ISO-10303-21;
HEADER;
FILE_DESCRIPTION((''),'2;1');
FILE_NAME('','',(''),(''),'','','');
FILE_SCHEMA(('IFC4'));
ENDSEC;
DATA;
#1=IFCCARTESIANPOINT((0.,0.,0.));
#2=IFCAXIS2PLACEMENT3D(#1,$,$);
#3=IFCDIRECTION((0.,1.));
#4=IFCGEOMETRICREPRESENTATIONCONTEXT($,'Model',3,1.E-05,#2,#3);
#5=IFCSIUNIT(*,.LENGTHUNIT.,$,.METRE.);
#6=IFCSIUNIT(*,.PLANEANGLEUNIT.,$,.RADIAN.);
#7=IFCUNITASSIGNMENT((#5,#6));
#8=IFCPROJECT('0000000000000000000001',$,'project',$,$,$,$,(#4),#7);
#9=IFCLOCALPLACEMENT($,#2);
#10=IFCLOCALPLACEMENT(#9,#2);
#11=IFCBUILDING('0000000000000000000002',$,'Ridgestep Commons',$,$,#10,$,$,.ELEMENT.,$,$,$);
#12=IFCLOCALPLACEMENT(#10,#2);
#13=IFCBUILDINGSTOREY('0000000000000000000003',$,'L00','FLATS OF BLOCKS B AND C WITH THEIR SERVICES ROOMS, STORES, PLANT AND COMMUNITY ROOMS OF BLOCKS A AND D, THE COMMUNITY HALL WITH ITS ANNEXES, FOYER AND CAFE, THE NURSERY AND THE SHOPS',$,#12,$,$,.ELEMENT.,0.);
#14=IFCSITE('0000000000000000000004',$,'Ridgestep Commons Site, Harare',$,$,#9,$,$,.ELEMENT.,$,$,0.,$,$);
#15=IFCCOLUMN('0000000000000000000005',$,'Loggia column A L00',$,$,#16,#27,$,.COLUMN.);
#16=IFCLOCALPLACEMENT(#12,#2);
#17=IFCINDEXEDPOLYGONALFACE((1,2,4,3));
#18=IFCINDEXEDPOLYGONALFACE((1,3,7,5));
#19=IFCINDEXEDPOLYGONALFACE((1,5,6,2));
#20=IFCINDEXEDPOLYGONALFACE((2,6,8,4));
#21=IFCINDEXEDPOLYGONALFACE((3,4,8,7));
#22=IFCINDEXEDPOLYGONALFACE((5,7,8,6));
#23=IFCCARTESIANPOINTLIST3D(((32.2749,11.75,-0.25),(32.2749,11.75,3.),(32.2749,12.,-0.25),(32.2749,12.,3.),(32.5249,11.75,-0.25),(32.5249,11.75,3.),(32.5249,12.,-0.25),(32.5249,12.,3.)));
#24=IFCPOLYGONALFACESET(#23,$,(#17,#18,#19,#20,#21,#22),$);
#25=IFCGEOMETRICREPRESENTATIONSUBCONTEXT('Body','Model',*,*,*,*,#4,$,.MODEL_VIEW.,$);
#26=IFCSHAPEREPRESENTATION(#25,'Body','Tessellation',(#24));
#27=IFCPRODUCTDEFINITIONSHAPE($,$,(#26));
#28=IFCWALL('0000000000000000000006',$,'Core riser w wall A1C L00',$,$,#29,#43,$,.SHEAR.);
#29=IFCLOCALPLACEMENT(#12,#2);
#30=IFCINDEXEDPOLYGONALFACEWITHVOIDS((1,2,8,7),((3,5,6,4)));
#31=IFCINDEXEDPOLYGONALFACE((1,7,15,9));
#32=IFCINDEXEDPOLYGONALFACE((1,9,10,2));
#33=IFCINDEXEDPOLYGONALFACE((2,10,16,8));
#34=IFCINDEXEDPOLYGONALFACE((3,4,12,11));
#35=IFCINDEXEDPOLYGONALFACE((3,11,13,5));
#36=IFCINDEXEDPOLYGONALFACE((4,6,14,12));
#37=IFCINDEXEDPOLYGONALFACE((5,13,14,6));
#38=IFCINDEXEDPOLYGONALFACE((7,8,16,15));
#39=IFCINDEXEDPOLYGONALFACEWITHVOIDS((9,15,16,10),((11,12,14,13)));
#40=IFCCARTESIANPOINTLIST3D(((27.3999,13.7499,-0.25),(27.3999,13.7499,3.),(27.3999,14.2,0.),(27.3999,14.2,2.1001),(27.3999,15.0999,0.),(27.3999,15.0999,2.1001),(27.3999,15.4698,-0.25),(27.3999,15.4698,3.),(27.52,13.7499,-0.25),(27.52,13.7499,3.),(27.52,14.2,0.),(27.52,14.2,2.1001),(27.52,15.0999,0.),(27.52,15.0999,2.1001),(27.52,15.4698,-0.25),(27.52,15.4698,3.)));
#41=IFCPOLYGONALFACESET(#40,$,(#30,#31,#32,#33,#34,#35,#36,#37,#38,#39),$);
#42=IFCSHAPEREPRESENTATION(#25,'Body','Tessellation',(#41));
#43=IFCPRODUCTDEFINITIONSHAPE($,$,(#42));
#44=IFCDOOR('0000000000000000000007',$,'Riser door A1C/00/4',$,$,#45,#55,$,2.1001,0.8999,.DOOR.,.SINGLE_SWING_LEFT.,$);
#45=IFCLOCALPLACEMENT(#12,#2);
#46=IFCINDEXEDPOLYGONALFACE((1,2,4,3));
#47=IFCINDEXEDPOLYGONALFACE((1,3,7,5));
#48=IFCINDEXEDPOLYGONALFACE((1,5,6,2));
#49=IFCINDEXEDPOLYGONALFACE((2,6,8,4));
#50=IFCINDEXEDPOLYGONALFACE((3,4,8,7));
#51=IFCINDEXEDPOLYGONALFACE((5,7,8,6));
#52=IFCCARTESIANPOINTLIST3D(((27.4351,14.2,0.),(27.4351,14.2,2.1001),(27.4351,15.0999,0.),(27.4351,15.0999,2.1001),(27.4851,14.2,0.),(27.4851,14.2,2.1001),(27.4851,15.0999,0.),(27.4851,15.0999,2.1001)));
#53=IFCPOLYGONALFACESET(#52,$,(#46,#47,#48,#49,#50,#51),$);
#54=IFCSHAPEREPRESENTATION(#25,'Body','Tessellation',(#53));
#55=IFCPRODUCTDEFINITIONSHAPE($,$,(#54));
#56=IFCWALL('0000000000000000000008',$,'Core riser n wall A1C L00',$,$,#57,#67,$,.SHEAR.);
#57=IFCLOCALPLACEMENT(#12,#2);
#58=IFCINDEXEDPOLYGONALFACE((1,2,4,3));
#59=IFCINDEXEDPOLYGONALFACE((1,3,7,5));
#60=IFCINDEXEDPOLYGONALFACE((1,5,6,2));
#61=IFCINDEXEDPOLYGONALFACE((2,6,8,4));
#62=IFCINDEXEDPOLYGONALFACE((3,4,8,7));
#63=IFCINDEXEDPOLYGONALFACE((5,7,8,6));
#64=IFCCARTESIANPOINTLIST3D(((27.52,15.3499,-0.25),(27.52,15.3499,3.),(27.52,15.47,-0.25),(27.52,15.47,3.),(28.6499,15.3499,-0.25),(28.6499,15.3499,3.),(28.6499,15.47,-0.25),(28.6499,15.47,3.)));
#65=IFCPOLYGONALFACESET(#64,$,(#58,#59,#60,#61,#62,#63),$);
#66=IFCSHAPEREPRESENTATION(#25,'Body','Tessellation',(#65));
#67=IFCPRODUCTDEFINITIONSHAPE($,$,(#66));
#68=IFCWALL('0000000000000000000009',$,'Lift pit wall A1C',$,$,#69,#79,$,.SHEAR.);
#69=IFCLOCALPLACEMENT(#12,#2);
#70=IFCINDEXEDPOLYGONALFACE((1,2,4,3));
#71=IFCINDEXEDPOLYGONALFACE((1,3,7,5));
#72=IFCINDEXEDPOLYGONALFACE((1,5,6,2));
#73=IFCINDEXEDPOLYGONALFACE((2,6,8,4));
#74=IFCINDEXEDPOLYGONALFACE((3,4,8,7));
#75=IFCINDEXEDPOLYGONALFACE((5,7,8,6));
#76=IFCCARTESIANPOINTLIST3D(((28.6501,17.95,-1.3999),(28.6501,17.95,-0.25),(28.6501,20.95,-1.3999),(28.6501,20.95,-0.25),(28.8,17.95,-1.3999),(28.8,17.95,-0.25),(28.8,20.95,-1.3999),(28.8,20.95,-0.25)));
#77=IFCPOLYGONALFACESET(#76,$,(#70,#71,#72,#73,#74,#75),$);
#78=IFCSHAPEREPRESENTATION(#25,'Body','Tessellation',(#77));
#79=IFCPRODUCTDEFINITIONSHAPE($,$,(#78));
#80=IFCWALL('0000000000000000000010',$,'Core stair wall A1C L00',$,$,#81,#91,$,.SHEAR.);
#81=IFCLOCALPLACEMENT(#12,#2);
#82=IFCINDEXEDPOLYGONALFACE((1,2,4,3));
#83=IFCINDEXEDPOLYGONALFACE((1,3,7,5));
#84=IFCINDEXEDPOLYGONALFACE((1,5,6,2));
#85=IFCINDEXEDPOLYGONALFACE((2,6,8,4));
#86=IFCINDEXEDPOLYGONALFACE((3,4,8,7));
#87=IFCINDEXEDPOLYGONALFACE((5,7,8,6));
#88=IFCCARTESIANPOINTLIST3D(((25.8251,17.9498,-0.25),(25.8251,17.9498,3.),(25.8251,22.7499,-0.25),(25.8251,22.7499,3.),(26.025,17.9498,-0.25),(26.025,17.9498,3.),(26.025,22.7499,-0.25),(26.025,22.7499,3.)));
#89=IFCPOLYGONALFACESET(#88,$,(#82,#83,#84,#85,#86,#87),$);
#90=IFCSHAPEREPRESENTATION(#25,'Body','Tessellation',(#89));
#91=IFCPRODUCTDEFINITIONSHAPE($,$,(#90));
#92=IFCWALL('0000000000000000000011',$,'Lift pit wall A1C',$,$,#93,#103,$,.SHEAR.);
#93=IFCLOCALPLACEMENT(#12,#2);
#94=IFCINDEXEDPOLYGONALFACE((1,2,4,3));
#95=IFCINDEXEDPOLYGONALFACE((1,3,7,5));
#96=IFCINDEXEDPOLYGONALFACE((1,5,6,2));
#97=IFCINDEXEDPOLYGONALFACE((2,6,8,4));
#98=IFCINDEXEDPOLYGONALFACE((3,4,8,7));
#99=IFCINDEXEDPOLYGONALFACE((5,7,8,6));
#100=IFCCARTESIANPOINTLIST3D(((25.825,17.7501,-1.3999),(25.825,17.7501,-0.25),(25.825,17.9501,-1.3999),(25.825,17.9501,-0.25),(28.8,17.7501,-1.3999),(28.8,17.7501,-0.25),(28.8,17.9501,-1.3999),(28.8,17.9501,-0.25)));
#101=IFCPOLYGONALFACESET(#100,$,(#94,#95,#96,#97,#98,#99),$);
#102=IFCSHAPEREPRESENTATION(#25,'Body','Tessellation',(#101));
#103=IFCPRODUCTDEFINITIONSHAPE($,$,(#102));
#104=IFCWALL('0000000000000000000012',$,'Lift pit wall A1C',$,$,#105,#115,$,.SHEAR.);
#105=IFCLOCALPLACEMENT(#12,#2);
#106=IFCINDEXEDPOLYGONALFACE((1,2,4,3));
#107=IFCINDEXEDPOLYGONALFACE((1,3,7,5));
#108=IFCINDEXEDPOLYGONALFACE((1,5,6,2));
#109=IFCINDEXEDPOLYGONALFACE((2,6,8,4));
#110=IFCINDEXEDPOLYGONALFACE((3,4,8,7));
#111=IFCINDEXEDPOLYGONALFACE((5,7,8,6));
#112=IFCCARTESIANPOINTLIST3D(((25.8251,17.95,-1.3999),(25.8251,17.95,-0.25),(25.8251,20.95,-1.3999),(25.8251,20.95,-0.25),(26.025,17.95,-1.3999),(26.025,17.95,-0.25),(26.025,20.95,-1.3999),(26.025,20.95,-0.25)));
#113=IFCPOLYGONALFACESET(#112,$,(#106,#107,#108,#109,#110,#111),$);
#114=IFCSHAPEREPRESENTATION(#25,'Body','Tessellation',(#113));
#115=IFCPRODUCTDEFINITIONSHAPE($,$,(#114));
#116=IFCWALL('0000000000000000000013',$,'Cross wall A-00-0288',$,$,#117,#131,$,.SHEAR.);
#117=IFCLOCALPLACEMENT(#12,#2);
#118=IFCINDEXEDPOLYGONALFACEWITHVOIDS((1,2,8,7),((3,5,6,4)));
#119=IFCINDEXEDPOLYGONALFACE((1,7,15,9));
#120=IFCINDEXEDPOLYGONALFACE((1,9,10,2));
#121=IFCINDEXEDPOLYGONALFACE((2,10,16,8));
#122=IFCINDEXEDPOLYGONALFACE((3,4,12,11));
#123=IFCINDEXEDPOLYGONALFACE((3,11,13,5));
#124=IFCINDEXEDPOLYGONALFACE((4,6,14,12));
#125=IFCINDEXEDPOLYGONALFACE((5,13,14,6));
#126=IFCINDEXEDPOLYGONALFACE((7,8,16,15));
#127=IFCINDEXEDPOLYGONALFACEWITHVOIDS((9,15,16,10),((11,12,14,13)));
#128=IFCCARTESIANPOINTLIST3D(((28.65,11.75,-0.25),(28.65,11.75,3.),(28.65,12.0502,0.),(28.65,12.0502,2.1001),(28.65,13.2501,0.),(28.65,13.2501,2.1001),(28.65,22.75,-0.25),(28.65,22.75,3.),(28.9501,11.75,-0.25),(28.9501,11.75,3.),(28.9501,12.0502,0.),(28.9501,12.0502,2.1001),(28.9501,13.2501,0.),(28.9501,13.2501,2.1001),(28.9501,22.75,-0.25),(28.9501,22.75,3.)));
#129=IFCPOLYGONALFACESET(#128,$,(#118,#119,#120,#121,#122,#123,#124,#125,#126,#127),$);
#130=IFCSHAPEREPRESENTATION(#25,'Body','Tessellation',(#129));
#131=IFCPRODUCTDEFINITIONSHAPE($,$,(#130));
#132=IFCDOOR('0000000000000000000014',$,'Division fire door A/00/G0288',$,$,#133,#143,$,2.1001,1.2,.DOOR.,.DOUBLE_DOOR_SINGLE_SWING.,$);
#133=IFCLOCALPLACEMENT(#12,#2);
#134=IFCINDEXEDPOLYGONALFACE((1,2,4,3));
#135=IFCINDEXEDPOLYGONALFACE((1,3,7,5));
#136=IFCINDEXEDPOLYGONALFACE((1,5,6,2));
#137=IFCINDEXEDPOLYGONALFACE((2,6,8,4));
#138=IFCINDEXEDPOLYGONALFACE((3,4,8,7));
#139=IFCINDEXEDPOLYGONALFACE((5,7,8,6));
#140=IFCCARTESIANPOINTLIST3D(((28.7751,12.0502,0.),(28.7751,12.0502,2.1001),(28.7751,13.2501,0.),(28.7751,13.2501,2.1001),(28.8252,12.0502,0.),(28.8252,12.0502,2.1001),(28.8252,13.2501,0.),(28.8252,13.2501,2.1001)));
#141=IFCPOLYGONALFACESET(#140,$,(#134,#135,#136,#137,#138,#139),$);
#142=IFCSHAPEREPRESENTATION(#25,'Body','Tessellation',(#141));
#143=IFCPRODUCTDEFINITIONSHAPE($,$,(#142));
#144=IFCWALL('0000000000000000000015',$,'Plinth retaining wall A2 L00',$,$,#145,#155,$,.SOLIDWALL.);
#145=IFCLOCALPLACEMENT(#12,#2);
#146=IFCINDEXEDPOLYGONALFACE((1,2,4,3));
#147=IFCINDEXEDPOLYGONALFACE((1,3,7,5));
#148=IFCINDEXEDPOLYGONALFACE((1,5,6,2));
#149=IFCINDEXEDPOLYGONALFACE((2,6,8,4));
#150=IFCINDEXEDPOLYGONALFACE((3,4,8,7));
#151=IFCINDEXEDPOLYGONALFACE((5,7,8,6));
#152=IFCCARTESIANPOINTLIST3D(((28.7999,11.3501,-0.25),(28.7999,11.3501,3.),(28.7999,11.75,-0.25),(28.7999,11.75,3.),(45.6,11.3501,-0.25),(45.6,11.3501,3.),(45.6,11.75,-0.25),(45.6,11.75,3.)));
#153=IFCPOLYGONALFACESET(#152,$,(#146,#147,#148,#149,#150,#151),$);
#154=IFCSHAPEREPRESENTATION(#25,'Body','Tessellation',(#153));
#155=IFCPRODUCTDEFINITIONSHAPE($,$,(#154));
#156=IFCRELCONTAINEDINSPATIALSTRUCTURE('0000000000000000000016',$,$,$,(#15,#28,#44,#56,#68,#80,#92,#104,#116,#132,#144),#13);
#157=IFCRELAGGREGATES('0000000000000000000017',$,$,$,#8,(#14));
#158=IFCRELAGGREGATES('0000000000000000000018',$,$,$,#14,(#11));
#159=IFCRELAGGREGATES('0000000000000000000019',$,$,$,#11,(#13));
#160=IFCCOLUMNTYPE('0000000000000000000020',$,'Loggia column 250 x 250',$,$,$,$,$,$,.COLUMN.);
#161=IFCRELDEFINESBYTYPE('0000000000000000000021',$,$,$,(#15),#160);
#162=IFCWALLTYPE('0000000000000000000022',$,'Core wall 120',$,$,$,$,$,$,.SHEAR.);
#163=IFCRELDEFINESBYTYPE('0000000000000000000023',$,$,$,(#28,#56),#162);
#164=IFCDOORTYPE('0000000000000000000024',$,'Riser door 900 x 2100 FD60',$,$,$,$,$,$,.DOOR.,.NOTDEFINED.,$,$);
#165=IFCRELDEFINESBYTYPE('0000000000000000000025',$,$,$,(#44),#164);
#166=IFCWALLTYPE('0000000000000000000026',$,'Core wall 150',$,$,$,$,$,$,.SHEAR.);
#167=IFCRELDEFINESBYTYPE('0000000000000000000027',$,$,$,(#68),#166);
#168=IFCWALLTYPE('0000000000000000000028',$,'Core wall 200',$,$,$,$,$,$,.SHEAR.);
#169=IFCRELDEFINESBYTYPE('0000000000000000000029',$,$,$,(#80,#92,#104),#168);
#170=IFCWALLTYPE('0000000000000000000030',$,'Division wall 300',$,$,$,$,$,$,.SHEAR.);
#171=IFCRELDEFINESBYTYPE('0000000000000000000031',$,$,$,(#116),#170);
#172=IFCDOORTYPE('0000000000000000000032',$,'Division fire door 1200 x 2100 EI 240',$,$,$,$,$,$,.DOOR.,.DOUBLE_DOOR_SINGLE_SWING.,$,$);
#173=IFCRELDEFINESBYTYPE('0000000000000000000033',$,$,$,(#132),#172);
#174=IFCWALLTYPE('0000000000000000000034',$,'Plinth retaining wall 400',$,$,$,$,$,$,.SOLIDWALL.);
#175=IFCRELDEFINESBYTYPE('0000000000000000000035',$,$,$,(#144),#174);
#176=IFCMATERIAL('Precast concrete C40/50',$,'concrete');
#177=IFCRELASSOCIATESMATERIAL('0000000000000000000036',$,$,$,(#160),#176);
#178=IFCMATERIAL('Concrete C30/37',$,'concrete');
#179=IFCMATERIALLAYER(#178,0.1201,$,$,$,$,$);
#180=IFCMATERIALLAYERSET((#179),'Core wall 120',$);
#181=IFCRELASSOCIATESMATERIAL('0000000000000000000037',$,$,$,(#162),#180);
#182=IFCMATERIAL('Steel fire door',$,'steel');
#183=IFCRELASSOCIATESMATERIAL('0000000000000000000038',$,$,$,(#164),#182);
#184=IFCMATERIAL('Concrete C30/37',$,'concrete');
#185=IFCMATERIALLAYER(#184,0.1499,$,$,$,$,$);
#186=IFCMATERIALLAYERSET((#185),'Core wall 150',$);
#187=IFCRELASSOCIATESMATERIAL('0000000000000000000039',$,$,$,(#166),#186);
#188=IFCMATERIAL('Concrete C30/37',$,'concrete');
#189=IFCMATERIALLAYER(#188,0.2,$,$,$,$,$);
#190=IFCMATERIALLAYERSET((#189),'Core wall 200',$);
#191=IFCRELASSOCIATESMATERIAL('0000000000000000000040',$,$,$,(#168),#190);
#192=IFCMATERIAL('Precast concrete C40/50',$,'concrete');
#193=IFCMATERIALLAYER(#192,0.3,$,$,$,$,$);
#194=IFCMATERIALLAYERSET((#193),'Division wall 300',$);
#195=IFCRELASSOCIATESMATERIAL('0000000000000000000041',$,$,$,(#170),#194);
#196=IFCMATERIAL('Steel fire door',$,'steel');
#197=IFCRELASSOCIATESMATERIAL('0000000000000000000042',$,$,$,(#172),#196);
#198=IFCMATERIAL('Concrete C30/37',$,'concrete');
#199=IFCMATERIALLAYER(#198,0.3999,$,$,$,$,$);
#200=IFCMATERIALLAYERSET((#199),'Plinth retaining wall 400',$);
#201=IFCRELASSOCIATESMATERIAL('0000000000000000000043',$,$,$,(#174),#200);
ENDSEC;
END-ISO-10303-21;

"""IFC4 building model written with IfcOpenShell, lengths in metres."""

from ifc_helpers import new_model, si_unit, direction, frame, frame_2d, origin, origin_2d, place, context, subcontext, project, spatial, rectangle, extrude, material, layer, layer_set, material_profile, profile_set, type_object, element, fill, save


model = new_model("IFC4")

# Units and contexts
model_context = context("Model", 3, precision=1e-05, world=origin(), true_north=direction((0.0, 1.0)))
body_context = subcontext(model_context, "Body", "Model", "MODEL_VIEW")
ifc_project = project(units=[si_unit("LENGTHUNIT", "METRE"), si_unit("PLANEANGLEUNIT", "RADIAN")], contexts=[model_context])

# Site, building, storey
site_placement = place(None, origin())
site = spatial("IfcSite", under=ifc_project, at=site_placement, Name="Ridgestep Commons Site, Harare", CompositionType="ELEMENT", RefElevation=0.0)
building_placement = place(site_placement, origin())
building = spatial("IfcBuilding", under=site, at=building_placement, Name="Ridgestep Commons", CompositionType="ELEMENT")
storey_placement = place(building_placement, origin())
storey = spatial("IfcBuildingStorey", under=building, at=storey_placement, Name="L00", Description="FLATS OF BLOCKS B AND C WITH THEIR SERVICES ROOMS, STORES, PLANT AND COMMUNITY ROOMS OF BLOCKS A AND D, THE COMMUNITY HALL WITH ITS ANNEXES, FOYER AND CAFE, THE NURSERY AND THE SHOPS", CompositionType="ELEMENT", Elevation=0.0)

# Column
ifc_material_1 = material(Name="Precast concrete C40/50", Category="concrete")
ifc_material_profile = material_profile(ifc_material_1, rectangle(XDim=0.25, YDim=0.25, at=origin_2d()), Name="PC 250x250")
ifc_profile_set = profile_set([ifc_material_profile], Name="Precast concrete C40/50")
column_type = type_object("IfcColumnType", Name="Loggia column 250 x 250", PredefinedType="COLUMN", material=ifc_profile_set)
column_placement = place(storey_placement, frame((32.3999, 11.875, -0.25), z_axis=(0.0, 0.0, 1.0), x_axis=(1.0, 0.0, 0.0)))
element("IfcColumn", 1, at=column_placement, inside=storey, type_object=column_type, Name="Loggia column A L00", PredefinedType="COLUMN", context=body_context, shape_type="SweptSolid", body=[
    extrude(rectangle(XDim=0.25, YDim=0.25, at=origin_2d()), origin(), (0.0, 0.0, 1.0), 3.25),
])

# Wall, opening, door
ifc_material_2 = material(Name="Concrete C30/37", Category="concrete")
ifc_layer_1 = layer(ifc_material_2, 0.1201)
ifc_layer_set_1 = layer_set([ifc_layer_1], Name="Core wall 120")
wall_type_1 = type_object("IfcWallType", Name="Core wall 120", PredefinedType="SHEAR", material=ifc_layer_set_1)
wall_1_placement = place(storey_placement, frame((27.46, 13.75, -0.25), z_axis=(0.0, 0.0, 1.0), x_axis=(0.0, 1.0, 0.0)))
wall_1 = element("IfcWall", 2, at=wall_1_placement, inside=storey, type_object=wall_type_1, Name="Core riser w wall A1C L00", PredefinedType="SHEAR", context=body_context, shape_type="SweptSolid", body=[
    extrude(rectangle(XDim=1.72, YDim=0.1201, at=frame_2d((0.8599, 0.0))), origin(), (0.0, 0.0, 1.0), 3.25),
])
opening_1_placement = place(wall_1_placement, frame((0.45, 0.0, 0.25)))
opening_1 = element("IfcOpeningElement", 3, at=opening_1_placement, cuts=wall_1, PredefinedType="OPENING", context=body_context, shape_type="SweptSolid", body=[
    extrude(rectangle(XDim=0.8999, YDim=2.1001, at=frame_2d((0.45, 1.05))), frame((0.0, 0.0701, 0.0), z_axis=(0.0, -1.0, 0.0), x_axis=(1.0, 0.0, 0.0)), (0.0, 0.0, 1.0), 0.1401),
])
ifc_material_3 = material(Name="Steel fire door", Category="steel")
door_type_1 = type_object("IfcDoorType", Name="Riser door 900 x 2100 FD60", OperationType="NOTDEFINED", PredefinedType="DOOR", material=ifc_material_3)
door_1_placement = place(opening_1_placement, origin())
door_1 = element("IfcDoor", 4, at=door_1_placement, inside=storey, type_object=door_type_1, Name="Riser door A1C/00/4", OperationType="SINGLE_SWING_LEFT", OverallHeight=2.1001, OverallWidth=0.8999, PredefinedType="DOOR", context=body_context, shape_type="SweptSolid", body=[
    extrude(rectangle(XDim=0.8999, YDim=2.1001, at=frame_2d((0.45, 1.05))), frame((0.0, 0.0249, 0.0), z_axis=(0.0, -1.0, 0.0), x_axis=(1.0, 0.0, 0.0)), (0.0, 0.0, 1.0), 0.05),
])
fill(opening_1, door_1)

# Walls
wall_2_placement = place(storey_placement, frame((27.52, 15.4099, -0.25), z_axis=(0.0, 0.0, 1.0), x_axis=(1.0, 0.0, 0.0)))
element("IfcWall", 5, at=wall_2_placement, inside=storey, type_object=wall_type_1, Name="Core riser n wall A1C L00", PredefinedType="SHEAR", context=body_context, shape_type="SweptSolid", body=[
    extrude(rectangle(XDim=1.1299, YDim=0.1201, at=frame_2d((0.5649, 0.0))), origin(), (0.0, 0.0, 1.0), 3.25),
])
ifc_material_4 = material(Name="Concrete C30/37", Category="concrete")
ifc_layer_2 = layer(ifc_material_4, 0.1499)
ifc_layer_set_2 = layer_set([ifc_layer_2], Name="Core wall 150")
wall_type_2 = type_object("IfcWallType", Name="Core wall 150", PredefinedType="SHEAR", material=ifc_layer_set_2)
wall_3_placement = place(storey_placement, frame((28.7251, 17.95, -1.3999), z_axis=(0.0, 0.0, 1.0), x_axis=(0.0, 1.0, 0.0)))
element("IfcWall", 6, at=wall_3_placement, inside=storey, type_object=wall_type_2, Name="Lift pit wall A1C", PredefinedType="SHEAR", context=body_context, shape_type="SweptSolid", body=[
    extrude(rectangle(XDim=3.0, YDim=0.1499, at=frame_2d((1.5, 0.0))), origin(), (0.0, 0.0, 1.0), 1.1499),
])
ifc_material_5 = material(Name="Concrete C30/37", Category="concrete")
ifc_layer_3 = layer(ifc_material_5, 0.2)
ifc_layer_set_3 = layer_set([ifc_layer_3], Name="Core wall 200")
wall_type_3 = type_object("IfcWallType", Name="Core wall 200", PredefinedType="SHEAR", material=ifc_layer_set_3)
wall_4_placement = place(storey_placement, frame((25.925, 17.95, -0.25), z_axis=(0.0, 0.0, 1.0), x_axis=(0.0, 1.0, 0.0)))
element("IfcWall", 7, at=wall_4_placement, inside=storey, type_object=wall_type_3, Name="Core stair wall A1C L00", PredefinedType="SHEAR", context=body_context, shape_type="SweptSolid", body=[
    extrude(rectangle(XDim=4.8, YDim=0.2, at=frame_2d((2.3999, 0.0))), origin(), (0.0, 0.0, 1.0), 3.25),
])
wall_5_placement = place(storey_placement, frame((25.825, 17.8501, -1.3999), z_axis=(0.0, 0.0, 1.0), x_axis=(1.0, 0.0, 0.0)))
element("IfcWall", 8, at=wall_5_placement, inside=storey, type_object=wall_type_3, Name="Lift pit wall A1C", PredefinedType="SHEAR", context=body_context, shape_type="SweptSolid", body=[
    extrude(rectangle(XDim=2.9751, YDim=0.2, at=frame_2d((1.4875, 0.0))), origin(), (0.0, 0.0, 1.0), 1.1499),
])
wall_6_placement = place(storey_placement, frame((25.925, 17.95, -1.3999), z_axis=(0.0, 0.0, 1.0), x_axis=(0.0, 1.0, 0.0)))
element("IfcWall", 9, at=wall_6_placement, inside=storey, type_object=wall_type_3, Name="Lift pit wall A1C", PredefinedType="SHEAR", context=body_context, shape_type="SweptSolid", body=[
    extrude(rectangle(XDim=3.0, YDim=0.2, at=frame_2d((1.5, 0.0))), origin(), (0.0, 0.0, 1.0), 1.1499),
])

# Wall, opening, door
ifc_material_6 = material(Name="Precast concrete C40/50", Category="concrete")
ifc_layer_4 = layer(ifc_material_6, 0.3)
ifc_layer_set_4 = layer_set([ifc_layer_4], Name="Division wall 300")
wall_type_4 = type_object("IfcWallType", Name="Division wall 300", PredefinedType="SHEAR", material=ifc_layer_set_4)
wall_7_placement = place(storey_placement, frame((28.8, 11.75, -0.25), z_axis=(0.0, 0.0, 1.0), x_axis=(0.0, 1.0, 0.0)))
wall_7 = element("IfcWall", 10, at=wall_7_placement, inside=storey, type_object=wall_type_4, Name="Cross wall A-00-0288", PredefinedType="SHEAR", context=body_context, shape_type="SweptSolid", body=[
    extrude(rectangle(XDim=11.0, YDim=0.3, at=frame_2d((5.5, 0.0))), origin(), (0.0, 0.0, 1.0), 3.25),
])
opening_2_placement = place(wall_7_placement, frame((0.3, 0.0, 0.25)))
opening_2 = element("IfcOpeningElement", 11, at=opening_2_placement, cuts=wall_7, PredefinedType="OPENING", context=body_context, shape_type="SweptSolid", body=[
    extrude(rectangle(XDim=1.2, YDim=2.1001, at=frame_2d((0.6001, 1.05))), frame((0.0, 0.1599, 0.0), z_axis=(0.0, -1.0, 0.0), x_axis=(1.0, 0.0, 0.0)), (0.0, 0.0, 1.0), 0.3201),
])
ifc_material_7 = material(Name="Steel fire door", Category="steel")
door_type_2 = type_object("IfcDoorType", Name="Division fire door 1200 x 2100 EI 240", OperationType="DOUBLE_DOOR_SINGLE_SWING", PredefinedType="DOOR", material=ifc_material_7)
door_2_placement = place(opening_2_placement, origin())
door_2 = element("IfcDoor", 12, at=door_2_placement, inside=storey, type_object=door_type_2, Name="Division fire door A/00/G0288", OperationType="DOUBLE_DOOR_SINGLE_SWING", OverallHeight=2.1001, OverallWidth=1.2, PredefinedType="DOOR", context=body_context, shape_type="SweptSolid", body=[
    extrude(rectangle(XDim=1.2, YDim=2.1001, at=frame_2d((0.6001, 1.05))), frame((0.0, 0.0249, 0.0), z_axis=(0.0, -1.0, 0.0), x_axis=(1.0, 0.0, 0.0)), (0.0, 0.0, 1.0), 0.05),
])
fill(opening_2, door_2)

# Wall
ifc_material_8 = material(Name="Concrete C30/37", Category="concrete")
ifc_layer_5 = layer(ifc_material_8, 0.3999)
ifc_layer_set_5 = layer_set([ifc_layer_5], Name="Plinth retaining wall 400")
wall_type_5 = type_object("IfcWallType", Name="Plinth retaining wall 400", PredefinedType="SOLIDWALL", material=ifc_layer_set_5)
wall_8_placement = place(storey_placement, frame((28.8, 11.55, -0.25), z_axis=(0.0, 0.0, 1.0), x_axis=(1.0, 0.0, 0.0)))
element("IfcWall", 13, at=wall_8_placement, inside=storey, type_object=wall_type_5, Name="Plinth retaining wall A2 L00", PredefinedType="SOLIDWALL", context=body_context, shape_type="SweptSolid", body=[
    extrude(rectangle(XDim=16.8, YDim=0.3999, at=frame_2d((8.3999, 0.0))), origin(), (0.0, 0.0, 1.0), 3.25),
])

save(model, "model.ifc")
